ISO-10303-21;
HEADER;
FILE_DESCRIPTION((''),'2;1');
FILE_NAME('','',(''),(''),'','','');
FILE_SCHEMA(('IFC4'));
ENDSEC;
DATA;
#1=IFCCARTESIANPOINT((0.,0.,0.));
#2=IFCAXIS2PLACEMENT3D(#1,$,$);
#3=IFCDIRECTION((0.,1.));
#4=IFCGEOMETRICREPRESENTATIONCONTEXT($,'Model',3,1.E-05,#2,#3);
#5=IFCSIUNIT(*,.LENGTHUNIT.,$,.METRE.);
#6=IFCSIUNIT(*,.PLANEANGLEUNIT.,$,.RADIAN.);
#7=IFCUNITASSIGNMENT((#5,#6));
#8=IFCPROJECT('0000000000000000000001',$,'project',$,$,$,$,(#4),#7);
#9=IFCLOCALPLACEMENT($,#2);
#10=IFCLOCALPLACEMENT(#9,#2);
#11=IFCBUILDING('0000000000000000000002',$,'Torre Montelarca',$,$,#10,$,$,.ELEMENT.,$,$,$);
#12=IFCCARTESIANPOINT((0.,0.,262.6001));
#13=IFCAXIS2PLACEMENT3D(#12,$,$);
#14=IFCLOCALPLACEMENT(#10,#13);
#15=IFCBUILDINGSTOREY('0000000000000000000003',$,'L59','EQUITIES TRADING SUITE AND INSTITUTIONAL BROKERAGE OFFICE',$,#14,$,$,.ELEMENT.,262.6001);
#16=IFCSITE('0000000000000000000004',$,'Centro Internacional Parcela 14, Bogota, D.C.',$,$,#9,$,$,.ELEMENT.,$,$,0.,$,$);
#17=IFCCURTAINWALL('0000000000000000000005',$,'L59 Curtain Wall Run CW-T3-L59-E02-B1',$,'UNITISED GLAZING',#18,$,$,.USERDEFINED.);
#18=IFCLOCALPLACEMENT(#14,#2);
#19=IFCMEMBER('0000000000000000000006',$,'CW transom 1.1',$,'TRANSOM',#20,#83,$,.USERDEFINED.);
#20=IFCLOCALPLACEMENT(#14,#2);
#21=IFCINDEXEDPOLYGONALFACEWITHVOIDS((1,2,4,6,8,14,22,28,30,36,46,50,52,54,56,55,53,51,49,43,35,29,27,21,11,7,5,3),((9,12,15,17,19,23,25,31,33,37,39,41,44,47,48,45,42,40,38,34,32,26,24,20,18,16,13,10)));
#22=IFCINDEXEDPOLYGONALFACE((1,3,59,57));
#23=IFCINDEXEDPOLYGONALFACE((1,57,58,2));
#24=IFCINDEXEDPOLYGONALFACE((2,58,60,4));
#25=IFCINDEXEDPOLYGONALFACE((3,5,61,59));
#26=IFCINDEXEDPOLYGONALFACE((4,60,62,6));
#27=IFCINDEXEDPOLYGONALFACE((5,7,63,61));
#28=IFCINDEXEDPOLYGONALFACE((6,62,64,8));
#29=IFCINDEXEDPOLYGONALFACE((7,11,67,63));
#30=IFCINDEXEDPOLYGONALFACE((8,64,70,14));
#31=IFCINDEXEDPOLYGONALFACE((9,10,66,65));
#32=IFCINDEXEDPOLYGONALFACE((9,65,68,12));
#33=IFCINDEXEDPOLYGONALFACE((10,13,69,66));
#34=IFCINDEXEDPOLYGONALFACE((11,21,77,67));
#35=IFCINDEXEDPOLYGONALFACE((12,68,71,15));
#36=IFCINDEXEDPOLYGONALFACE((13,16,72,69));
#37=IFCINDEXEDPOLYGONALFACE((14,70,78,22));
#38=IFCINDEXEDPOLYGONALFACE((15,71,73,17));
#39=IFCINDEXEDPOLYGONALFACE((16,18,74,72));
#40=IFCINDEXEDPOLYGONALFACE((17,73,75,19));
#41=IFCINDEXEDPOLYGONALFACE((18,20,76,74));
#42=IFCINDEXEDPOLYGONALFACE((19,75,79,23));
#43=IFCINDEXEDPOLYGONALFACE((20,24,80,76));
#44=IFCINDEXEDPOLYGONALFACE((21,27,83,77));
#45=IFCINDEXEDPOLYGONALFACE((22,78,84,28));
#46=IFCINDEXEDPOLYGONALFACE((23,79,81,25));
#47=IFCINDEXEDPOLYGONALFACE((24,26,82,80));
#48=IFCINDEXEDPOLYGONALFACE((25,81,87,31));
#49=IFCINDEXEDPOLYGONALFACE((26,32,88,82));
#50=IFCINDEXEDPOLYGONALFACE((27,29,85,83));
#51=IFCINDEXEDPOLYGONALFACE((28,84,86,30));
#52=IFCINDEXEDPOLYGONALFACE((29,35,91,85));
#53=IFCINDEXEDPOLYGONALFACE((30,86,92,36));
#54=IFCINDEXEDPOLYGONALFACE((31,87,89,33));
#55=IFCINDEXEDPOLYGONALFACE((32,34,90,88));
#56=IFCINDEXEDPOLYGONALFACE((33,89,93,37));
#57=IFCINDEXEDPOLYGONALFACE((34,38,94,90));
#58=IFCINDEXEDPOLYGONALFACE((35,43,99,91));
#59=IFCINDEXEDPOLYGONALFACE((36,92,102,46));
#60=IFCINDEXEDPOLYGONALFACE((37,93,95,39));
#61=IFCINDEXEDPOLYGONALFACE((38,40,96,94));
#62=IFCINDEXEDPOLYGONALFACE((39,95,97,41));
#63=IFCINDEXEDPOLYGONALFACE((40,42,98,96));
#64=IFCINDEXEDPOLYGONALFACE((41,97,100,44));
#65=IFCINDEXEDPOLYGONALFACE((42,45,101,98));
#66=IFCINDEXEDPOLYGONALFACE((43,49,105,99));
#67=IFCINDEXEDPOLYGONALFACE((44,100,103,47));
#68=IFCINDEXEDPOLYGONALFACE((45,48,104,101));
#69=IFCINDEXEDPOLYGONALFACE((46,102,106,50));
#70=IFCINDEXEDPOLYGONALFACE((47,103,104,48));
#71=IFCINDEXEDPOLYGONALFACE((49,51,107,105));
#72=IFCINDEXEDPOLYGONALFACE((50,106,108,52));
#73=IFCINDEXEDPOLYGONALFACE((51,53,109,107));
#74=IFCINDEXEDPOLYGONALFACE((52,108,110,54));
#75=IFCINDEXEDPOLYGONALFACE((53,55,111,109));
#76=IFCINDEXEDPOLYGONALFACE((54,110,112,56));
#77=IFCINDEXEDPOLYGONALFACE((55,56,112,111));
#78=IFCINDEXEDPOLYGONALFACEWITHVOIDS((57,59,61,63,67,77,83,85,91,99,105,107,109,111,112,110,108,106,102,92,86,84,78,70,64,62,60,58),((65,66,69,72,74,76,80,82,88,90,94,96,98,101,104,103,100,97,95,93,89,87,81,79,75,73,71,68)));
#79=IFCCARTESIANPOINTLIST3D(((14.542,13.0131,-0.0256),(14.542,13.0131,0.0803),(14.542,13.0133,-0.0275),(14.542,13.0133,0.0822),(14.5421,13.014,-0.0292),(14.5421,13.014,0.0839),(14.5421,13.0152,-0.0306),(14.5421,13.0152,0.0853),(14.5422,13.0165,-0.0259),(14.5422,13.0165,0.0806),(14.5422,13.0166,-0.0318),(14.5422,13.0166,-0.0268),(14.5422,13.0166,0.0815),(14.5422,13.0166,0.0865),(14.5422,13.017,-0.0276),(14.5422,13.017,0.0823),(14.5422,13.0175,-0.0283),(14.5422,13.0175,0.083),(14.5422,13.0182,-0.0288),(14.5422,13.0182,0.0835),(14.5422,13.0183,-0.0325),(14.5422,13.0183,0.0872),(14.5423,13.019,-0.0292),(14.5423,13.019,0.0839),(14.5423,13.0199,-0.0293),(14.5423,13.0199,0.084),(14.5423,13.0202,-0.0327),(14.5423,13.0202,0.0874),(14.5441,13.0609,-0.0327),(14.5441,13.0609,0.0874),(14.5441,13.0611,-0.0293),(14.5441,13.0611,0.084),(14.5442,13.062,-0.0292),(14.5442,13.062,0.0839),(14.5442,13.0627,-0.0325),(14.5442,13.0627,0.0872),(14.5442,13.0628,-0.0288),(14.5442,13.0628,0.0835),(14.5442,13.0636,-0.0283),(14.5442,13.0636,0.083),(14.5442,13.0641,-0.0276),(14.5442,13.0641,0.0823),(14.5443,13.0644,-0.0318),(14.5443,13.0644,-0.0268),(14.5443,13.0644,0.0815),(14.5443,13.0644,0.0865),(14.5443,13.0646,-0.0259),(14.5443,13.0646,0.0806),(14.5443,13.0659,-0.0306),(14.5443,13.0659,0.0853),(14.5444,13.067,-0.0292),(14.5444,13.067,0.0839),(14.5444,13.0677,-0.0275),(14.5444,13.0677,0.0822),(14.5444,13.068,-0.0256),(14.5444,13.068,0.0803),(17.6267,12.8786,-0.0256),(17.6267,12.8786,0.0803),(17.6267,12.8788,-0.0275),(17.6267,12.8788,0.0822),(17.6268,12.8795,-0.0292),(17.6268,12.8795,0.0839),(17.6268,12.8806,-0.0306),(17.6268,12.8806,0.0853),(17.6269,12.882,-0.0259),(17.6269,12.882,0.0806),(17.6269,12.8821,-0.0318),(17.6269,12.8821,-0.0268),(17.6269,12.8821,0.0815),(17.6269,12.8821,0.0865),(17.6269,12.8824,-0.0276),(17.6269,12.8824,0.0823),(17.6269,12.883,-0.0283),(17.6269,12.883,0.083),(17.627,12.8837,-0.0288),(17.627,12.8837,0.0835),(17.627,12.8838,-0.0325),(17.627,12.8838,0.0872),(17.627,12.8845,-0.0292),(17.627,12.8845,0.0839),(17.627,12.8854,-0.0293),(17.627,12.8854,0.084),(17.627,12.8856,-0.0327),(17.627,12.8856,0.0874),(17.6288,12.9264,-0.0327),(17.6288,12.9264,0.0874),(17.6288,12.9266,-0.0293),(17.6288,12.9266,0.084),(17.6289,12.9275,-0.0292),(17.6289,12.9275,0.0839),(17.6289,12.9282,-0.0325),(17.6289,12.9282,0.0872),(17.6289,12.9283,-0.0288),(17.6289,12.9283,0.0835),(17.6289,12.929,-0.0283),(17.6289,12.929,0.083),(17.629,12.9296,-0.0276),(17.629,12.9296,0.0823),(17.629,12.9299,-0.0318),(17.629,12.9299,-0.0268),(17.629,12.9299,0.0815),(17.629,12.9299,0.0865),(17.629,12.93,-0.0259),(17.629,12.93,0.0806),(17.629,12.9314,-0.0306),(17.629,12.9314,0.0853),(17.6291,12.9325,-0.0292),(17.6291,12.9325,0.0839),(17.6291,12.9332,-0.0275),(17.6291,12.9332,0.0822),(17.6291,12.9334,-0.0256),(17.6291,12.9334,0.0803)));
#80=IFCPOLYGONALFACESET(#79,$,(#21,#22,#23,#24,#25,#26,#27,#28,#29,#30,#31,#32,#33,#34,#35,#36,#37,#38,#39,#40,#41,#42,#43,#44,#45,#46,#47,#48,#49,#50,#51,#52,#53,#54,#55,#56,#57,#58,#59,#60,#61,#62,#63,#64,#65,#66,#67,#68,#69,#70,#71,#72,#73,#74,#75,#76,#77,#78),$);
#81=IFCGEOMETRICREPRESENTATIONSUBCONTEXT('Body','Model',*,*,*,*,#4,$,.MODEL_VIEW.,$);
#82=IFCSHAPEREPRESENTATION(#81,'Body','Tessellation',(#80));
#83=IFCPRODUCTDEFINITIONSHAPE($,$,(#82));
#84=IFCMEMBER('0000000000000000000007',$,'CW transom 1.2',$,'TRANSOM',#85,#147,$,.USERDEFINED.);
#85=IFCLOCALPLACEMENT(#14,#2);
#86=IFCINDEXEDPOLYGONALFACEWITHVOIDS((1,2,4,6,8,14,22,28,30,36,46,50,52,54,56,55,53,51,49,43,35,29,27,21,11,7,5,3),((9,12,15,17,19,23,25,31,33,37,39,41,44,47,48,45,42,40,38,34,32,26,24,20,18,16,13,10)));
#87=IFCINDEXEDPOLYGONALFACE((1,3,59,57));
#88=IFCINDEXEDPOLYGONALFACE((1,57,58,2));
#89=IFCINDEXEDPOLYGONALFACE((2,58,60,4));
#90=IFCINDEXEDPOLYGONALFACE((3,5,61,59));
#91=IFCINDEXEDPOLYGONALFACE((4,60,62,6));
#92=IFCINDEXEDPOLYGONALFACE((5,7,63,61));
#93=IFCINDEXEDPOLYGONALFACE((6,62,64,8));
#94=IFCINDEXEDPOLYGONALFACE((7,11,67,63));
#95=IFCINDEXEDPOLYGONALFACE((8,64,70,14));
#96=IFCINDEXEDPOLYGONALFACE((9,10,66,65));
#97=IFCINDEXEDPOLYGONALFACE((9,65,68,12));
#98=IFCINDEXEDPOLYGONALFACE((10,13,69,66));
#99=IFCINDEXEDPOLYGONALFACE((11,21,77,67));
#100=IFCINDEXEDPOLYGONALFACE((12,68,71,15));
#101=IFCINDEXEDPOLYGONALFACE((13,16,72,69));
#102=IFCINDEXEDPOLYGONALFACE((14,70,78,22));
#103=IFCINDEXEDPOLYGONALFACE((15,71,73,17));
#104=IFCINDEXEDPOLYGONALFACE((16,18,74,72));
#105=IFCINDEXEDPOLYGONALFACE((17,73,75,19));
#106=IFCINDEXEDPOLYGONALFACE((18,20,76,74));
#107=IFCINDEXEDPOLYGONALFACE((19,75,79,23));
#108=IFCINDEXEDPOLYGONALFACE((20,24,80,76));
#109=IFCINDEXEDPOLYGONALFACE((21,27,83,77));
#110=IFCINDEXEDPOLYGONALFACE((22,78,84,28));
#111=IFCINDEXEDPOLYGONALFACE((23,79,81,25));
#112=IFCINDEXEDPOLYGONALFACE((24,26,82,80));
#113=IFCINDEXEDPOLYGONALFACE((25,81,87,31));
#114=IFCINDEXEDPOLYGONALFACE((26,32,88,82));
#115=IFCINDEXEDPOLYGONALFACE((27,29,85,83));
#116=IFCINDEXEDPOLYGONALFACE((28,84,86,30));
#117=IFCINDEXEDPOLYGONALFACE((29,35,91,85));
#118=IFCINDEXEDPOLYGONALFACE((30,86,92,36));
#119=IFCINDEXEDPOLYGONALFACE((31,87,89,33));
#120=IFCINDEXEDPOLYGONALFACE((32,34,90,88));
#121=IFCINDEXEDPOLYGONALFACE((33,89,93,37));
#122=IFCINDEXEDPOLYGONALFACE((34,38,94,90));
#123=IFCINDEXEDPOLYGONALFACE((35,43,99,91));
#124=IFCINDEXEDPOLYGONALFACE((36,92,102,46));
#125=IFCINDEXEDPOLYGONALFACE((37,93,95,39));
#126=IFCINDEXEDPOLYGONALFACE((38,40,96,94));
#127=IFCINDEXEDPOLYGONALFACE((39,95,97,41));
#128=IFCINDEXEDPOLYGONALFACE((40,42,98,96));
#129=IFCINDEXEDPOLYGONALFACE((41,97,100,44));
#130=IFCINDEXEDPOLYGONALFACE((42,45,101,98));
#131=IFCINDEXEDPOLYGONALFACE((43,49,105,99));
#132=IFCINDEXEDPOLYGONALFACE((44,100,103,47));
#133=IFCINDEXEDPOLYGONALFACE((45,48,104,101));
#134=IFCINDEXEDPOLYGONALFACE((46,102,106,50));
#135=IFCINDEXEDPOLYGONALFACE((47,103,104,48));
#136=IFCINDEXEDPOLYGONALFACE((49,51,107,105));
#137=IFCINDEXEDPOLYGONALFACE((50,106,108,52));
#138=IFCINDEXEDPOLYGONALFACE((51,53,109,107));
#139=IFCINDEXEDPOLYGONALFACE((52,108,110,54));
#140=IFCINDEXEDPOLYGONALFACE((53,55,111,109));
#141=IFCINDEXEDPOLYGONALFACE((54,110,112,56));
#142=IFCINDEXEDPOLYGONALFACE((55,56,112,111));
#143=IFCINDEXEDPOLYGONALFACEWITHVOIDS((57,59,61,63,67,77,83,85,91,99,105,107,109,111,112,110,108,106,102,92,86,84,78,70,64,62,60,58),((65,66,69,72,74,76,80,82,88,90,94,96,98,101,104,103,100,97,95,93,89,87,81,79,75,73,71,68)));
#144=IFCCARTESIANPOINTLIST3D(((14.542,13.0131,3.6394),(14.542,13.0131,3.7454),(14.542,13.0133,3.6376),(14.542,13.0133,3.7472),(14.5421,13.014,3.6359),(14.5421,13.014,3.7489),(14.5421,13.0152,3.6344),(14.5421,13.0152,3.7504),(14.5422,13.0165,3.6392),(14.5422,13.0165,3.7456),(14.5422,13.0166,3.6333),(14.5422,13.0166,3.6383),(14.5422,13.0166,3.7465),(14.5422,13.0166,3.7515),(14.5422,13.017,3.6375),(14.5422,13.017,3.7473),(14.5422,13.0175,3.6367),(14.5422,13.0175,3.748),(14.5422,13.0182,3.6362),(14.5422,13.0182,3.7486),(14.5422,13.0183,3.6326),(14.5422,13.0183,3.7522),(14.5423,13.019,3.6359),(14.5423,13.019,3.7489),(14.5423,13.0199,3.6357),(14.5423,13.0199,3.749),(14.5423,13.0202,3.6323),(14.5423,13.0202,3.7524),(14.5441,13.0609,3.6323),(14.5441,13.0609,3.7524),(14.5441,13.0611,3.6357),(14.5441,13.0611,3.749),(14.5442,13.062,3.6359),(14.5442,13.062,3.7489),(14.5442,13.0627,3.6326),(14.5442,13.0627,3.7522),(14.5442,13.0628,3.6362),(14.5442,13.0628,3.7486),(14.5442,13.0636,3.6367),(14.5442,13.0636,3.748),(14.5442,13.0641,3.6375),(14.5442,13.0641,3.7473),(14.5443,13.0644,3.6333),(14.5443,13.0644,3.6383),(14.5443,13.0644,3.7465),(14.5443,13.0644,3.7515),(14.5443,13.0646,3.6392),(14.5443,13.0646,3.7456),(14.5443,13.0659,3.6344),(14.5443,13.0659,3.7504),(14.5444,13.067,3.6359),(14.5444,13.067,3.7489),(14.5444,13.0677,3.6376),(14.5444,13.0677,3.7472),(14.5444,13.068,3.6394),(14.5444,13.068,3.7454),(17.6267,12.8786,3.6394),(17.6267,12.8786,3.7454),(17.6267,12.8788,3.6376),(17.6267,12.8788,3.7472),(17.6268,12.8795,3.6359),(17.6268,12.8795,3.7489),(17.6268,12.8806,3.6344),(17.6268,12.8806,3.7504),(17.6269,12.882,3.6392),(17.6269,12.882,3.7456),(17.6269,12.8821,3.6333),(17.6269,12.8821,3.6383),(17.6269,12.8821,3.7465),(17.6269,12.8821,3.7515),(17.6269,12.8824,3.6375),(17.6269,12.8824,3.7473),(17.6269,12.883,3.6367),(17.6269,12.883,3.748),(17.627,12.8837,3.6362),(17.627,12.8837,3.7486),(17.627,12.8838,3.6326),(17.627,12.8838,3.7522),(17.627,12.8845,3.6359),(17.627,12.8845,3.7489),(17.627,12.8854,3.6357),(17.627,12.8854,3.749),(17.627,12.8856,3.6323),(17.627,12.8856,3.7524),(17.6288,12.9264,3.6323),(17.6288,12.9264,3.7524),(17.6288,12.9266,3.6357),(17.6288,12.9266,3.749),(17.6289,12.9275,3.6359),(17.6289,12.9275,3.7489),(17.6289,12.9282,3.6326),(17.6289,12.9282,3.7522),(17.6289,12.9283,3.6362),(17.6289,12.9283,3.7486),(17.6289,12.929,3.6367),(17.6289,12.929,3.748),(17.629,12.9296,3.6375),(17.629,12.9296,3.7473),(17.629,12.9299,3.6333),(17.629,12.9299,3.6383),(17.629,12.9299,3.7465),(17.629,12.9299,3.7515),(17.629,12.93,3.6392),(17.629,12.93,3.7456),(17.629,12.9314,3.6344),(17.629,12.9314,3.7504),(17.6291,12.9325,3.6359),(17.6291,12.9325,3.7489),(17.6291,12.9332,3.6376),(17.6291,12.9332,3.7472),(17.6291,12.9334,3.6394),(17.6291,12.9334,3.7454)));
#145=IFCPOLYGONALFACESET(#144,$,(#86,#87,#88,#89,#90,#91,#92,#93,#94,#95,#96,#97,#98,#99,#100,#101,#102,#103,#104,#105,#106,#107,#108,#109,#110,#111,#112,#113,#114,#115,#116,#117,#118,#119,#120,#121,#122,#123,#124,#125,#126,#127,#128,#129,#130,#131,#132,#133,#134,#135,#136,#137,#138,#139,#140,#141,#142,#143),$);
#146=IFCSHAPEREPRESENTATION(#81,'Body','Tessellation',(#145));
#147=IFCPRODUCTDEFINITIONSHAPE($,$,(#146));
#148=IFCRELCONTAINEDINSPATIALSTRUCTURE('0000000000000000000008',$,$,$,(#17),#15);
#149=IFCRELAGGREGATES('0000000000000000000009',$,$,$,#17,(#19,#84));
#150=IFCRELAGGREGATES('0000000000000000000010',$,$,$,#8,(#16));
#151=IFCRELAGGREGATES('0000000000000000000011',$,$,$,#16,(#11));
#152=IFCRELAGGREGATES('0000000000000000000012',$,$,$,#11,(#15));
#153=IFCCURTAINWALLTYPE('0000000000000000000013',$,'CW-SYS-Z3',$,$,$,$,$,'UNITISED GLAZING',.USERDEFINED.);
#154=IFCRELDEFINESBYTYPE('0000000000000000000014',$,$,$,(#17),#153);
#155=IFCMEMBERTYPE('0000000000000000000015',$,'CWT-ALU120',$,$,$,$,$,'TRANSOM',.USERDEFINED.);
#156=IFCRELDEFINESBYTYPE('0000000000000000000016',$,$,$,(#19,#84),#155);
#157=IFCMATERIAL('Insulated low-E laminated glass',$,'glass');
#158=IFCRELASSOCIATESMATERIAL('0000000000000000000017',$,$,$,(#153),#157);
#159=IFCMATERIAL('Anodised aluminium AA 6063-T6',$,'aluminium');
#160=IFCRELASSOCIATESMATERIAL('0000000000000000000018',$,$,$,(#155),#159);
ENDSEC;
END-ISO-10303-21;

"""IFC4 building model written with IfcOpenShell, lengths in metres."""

from ifc_helpers import new_model, si_unit, direction, frame, origin, origin_2d, place, context, subcontext, project, spatial, hollow_rectangle, extrude, source, transform, mapped, material, material_profile, profile_set, type_object, element, aggregate, save


model = new_model("IFC4")

# Units and contexts
model_context = context("Model", 3, precision=1e-05, world=origin(), true_north=direction((0.0, 1.0)))
body_context = subcontext(model_context, "Body", "Model", "MODEL_VIEW")
ifc_project = project(units=[si_unit("LENGTHUNIT", "METRE"), si_unit("PLANEANGLEUNIT", "RADIAN")], contexts=[model_context])

# Site, building, storey
site_placement = place(None, origin())
site = spatial("IfcSite", under=ifc_project, at=site_placement, Name="Centro Internacional Parcela 14, Bogota, D.C.", CompositionType="ELEMENT", RefElevation=0.0)
building_placement = place(site_placement, origin())
building = spatial("IfcBuilding", under=site, at=building_placement, Name="Torre Montelarca", CompositionType="ELEMENT")
storey_placement = place(building_placement, frame((0.0, 0.0, 262.6001)))
storey = spatial("IfcBuildingStorey", under=building, at=storey_placement, Name="L59", Description="EQUITIES TRADING SUITE AND INSTITUTIONAL BROKERAGE OFFICE", CompositionType="ELEMENT", Elevation=262.6001)

# Curtain wall
ifc_material_1 = material(Name="Insulated low-E laminated glass", Category="glass")
curtain_wall_type = type_object("IfcCurtainWallType", Name="CW-SYS-Z3", ElementType="UNITISED GLAZING", PredefinedType="USERDEFINED", material=ifc_material_1)
curtain_wall_1_placement = place(storey_placement, origin())
curtain_wall_1 = element("IfcCurtainWall", 1, at=curtain_wall_1_placement, inside=storey, type_object=curtain_wall_type, Name="L59 Curtain Wall Run CW-T3-L59-E02-B1", ObjectType="UNITISED GLAZING", PredefinedType="USERDEFINED")
ifc_material_2 = material(Name="Anodised aluminium AA 6063-T6", Category="aluminium")
ifc_material_profile_1 = material_profile(ifc_material_2, hollow_rectangle(XDim=0.0549, YDim=0.1201, WallThickness=0.0034, InnerFilletRadius=0.0034, OuterFilletRadius=0.0071, at=origin_2d()), Name="ALU55X120X3.5", Category="aluminium")
ifc_profile_set_1 = profile_set([ifc_material_profile_1], Name="Anodised aluminium AA 6063-T6")
member_type_1 = type_object("IfcMemberType", Name="CWT-ALU120", ElementType="TRANSOM", PredefinedType="USERDEFINED", material=ifc_profile_set_1)

# Members
shared_shape_1 = source(origin(), body_context, "Body", "SweptSolid", [
    extrude(hollow_rectangle(XDim=0.0549, YDim=0.1201, WallThickness=0.0034, InnerFilletRadius=0.0034, OuterFilletRadius=0.0071, at=origin_2d()), origin(), (0.0, 0.0, 1.0), 3.0876),
])
member_1_placement = place(storey_placement, frame((14.5432, 13.0405, 0.0273), z_axis=(0.99905, -0.043568, 0.0), x_axis=(0.043568, 0.99905, 0.0)))
member_1 = element("IfcMember", 2, at=member_1_placement, type_object=member_type_1, Name="CW transom 1.1", ObjectType="TRANSOM", PredefinedType="USERDEFINED", context=body_context, shape_type="MappedRepresentation", body=[
    mapped(shared_shape_1, transform((0.0, 0.0, 0.0), scale=1.0)),
])
member_2_placement = place(storey_placement, frame((14.5432, 13.0405, 3.6924), z_axis=(0.99905, -0.043568, 0.0), x_axis=(0.043568, 0.99905, 0.0)))
member_2 = element("IfcMember", 3, at=member_2_placement, type_object=member_type_1, Name="CW transom 1.2", ObjectType="TRANSOM", PredefinedType="USERDEFINED", context=body_context, shape_type="MappedRepresentation", body=[
    mapped(shared_shape_1, transform((0.0, 0.0, 0.0), scale=1.0)),
])

aggregate(curtain_wall_1, [member_1, member_2])

save(model, "model.ifc")
